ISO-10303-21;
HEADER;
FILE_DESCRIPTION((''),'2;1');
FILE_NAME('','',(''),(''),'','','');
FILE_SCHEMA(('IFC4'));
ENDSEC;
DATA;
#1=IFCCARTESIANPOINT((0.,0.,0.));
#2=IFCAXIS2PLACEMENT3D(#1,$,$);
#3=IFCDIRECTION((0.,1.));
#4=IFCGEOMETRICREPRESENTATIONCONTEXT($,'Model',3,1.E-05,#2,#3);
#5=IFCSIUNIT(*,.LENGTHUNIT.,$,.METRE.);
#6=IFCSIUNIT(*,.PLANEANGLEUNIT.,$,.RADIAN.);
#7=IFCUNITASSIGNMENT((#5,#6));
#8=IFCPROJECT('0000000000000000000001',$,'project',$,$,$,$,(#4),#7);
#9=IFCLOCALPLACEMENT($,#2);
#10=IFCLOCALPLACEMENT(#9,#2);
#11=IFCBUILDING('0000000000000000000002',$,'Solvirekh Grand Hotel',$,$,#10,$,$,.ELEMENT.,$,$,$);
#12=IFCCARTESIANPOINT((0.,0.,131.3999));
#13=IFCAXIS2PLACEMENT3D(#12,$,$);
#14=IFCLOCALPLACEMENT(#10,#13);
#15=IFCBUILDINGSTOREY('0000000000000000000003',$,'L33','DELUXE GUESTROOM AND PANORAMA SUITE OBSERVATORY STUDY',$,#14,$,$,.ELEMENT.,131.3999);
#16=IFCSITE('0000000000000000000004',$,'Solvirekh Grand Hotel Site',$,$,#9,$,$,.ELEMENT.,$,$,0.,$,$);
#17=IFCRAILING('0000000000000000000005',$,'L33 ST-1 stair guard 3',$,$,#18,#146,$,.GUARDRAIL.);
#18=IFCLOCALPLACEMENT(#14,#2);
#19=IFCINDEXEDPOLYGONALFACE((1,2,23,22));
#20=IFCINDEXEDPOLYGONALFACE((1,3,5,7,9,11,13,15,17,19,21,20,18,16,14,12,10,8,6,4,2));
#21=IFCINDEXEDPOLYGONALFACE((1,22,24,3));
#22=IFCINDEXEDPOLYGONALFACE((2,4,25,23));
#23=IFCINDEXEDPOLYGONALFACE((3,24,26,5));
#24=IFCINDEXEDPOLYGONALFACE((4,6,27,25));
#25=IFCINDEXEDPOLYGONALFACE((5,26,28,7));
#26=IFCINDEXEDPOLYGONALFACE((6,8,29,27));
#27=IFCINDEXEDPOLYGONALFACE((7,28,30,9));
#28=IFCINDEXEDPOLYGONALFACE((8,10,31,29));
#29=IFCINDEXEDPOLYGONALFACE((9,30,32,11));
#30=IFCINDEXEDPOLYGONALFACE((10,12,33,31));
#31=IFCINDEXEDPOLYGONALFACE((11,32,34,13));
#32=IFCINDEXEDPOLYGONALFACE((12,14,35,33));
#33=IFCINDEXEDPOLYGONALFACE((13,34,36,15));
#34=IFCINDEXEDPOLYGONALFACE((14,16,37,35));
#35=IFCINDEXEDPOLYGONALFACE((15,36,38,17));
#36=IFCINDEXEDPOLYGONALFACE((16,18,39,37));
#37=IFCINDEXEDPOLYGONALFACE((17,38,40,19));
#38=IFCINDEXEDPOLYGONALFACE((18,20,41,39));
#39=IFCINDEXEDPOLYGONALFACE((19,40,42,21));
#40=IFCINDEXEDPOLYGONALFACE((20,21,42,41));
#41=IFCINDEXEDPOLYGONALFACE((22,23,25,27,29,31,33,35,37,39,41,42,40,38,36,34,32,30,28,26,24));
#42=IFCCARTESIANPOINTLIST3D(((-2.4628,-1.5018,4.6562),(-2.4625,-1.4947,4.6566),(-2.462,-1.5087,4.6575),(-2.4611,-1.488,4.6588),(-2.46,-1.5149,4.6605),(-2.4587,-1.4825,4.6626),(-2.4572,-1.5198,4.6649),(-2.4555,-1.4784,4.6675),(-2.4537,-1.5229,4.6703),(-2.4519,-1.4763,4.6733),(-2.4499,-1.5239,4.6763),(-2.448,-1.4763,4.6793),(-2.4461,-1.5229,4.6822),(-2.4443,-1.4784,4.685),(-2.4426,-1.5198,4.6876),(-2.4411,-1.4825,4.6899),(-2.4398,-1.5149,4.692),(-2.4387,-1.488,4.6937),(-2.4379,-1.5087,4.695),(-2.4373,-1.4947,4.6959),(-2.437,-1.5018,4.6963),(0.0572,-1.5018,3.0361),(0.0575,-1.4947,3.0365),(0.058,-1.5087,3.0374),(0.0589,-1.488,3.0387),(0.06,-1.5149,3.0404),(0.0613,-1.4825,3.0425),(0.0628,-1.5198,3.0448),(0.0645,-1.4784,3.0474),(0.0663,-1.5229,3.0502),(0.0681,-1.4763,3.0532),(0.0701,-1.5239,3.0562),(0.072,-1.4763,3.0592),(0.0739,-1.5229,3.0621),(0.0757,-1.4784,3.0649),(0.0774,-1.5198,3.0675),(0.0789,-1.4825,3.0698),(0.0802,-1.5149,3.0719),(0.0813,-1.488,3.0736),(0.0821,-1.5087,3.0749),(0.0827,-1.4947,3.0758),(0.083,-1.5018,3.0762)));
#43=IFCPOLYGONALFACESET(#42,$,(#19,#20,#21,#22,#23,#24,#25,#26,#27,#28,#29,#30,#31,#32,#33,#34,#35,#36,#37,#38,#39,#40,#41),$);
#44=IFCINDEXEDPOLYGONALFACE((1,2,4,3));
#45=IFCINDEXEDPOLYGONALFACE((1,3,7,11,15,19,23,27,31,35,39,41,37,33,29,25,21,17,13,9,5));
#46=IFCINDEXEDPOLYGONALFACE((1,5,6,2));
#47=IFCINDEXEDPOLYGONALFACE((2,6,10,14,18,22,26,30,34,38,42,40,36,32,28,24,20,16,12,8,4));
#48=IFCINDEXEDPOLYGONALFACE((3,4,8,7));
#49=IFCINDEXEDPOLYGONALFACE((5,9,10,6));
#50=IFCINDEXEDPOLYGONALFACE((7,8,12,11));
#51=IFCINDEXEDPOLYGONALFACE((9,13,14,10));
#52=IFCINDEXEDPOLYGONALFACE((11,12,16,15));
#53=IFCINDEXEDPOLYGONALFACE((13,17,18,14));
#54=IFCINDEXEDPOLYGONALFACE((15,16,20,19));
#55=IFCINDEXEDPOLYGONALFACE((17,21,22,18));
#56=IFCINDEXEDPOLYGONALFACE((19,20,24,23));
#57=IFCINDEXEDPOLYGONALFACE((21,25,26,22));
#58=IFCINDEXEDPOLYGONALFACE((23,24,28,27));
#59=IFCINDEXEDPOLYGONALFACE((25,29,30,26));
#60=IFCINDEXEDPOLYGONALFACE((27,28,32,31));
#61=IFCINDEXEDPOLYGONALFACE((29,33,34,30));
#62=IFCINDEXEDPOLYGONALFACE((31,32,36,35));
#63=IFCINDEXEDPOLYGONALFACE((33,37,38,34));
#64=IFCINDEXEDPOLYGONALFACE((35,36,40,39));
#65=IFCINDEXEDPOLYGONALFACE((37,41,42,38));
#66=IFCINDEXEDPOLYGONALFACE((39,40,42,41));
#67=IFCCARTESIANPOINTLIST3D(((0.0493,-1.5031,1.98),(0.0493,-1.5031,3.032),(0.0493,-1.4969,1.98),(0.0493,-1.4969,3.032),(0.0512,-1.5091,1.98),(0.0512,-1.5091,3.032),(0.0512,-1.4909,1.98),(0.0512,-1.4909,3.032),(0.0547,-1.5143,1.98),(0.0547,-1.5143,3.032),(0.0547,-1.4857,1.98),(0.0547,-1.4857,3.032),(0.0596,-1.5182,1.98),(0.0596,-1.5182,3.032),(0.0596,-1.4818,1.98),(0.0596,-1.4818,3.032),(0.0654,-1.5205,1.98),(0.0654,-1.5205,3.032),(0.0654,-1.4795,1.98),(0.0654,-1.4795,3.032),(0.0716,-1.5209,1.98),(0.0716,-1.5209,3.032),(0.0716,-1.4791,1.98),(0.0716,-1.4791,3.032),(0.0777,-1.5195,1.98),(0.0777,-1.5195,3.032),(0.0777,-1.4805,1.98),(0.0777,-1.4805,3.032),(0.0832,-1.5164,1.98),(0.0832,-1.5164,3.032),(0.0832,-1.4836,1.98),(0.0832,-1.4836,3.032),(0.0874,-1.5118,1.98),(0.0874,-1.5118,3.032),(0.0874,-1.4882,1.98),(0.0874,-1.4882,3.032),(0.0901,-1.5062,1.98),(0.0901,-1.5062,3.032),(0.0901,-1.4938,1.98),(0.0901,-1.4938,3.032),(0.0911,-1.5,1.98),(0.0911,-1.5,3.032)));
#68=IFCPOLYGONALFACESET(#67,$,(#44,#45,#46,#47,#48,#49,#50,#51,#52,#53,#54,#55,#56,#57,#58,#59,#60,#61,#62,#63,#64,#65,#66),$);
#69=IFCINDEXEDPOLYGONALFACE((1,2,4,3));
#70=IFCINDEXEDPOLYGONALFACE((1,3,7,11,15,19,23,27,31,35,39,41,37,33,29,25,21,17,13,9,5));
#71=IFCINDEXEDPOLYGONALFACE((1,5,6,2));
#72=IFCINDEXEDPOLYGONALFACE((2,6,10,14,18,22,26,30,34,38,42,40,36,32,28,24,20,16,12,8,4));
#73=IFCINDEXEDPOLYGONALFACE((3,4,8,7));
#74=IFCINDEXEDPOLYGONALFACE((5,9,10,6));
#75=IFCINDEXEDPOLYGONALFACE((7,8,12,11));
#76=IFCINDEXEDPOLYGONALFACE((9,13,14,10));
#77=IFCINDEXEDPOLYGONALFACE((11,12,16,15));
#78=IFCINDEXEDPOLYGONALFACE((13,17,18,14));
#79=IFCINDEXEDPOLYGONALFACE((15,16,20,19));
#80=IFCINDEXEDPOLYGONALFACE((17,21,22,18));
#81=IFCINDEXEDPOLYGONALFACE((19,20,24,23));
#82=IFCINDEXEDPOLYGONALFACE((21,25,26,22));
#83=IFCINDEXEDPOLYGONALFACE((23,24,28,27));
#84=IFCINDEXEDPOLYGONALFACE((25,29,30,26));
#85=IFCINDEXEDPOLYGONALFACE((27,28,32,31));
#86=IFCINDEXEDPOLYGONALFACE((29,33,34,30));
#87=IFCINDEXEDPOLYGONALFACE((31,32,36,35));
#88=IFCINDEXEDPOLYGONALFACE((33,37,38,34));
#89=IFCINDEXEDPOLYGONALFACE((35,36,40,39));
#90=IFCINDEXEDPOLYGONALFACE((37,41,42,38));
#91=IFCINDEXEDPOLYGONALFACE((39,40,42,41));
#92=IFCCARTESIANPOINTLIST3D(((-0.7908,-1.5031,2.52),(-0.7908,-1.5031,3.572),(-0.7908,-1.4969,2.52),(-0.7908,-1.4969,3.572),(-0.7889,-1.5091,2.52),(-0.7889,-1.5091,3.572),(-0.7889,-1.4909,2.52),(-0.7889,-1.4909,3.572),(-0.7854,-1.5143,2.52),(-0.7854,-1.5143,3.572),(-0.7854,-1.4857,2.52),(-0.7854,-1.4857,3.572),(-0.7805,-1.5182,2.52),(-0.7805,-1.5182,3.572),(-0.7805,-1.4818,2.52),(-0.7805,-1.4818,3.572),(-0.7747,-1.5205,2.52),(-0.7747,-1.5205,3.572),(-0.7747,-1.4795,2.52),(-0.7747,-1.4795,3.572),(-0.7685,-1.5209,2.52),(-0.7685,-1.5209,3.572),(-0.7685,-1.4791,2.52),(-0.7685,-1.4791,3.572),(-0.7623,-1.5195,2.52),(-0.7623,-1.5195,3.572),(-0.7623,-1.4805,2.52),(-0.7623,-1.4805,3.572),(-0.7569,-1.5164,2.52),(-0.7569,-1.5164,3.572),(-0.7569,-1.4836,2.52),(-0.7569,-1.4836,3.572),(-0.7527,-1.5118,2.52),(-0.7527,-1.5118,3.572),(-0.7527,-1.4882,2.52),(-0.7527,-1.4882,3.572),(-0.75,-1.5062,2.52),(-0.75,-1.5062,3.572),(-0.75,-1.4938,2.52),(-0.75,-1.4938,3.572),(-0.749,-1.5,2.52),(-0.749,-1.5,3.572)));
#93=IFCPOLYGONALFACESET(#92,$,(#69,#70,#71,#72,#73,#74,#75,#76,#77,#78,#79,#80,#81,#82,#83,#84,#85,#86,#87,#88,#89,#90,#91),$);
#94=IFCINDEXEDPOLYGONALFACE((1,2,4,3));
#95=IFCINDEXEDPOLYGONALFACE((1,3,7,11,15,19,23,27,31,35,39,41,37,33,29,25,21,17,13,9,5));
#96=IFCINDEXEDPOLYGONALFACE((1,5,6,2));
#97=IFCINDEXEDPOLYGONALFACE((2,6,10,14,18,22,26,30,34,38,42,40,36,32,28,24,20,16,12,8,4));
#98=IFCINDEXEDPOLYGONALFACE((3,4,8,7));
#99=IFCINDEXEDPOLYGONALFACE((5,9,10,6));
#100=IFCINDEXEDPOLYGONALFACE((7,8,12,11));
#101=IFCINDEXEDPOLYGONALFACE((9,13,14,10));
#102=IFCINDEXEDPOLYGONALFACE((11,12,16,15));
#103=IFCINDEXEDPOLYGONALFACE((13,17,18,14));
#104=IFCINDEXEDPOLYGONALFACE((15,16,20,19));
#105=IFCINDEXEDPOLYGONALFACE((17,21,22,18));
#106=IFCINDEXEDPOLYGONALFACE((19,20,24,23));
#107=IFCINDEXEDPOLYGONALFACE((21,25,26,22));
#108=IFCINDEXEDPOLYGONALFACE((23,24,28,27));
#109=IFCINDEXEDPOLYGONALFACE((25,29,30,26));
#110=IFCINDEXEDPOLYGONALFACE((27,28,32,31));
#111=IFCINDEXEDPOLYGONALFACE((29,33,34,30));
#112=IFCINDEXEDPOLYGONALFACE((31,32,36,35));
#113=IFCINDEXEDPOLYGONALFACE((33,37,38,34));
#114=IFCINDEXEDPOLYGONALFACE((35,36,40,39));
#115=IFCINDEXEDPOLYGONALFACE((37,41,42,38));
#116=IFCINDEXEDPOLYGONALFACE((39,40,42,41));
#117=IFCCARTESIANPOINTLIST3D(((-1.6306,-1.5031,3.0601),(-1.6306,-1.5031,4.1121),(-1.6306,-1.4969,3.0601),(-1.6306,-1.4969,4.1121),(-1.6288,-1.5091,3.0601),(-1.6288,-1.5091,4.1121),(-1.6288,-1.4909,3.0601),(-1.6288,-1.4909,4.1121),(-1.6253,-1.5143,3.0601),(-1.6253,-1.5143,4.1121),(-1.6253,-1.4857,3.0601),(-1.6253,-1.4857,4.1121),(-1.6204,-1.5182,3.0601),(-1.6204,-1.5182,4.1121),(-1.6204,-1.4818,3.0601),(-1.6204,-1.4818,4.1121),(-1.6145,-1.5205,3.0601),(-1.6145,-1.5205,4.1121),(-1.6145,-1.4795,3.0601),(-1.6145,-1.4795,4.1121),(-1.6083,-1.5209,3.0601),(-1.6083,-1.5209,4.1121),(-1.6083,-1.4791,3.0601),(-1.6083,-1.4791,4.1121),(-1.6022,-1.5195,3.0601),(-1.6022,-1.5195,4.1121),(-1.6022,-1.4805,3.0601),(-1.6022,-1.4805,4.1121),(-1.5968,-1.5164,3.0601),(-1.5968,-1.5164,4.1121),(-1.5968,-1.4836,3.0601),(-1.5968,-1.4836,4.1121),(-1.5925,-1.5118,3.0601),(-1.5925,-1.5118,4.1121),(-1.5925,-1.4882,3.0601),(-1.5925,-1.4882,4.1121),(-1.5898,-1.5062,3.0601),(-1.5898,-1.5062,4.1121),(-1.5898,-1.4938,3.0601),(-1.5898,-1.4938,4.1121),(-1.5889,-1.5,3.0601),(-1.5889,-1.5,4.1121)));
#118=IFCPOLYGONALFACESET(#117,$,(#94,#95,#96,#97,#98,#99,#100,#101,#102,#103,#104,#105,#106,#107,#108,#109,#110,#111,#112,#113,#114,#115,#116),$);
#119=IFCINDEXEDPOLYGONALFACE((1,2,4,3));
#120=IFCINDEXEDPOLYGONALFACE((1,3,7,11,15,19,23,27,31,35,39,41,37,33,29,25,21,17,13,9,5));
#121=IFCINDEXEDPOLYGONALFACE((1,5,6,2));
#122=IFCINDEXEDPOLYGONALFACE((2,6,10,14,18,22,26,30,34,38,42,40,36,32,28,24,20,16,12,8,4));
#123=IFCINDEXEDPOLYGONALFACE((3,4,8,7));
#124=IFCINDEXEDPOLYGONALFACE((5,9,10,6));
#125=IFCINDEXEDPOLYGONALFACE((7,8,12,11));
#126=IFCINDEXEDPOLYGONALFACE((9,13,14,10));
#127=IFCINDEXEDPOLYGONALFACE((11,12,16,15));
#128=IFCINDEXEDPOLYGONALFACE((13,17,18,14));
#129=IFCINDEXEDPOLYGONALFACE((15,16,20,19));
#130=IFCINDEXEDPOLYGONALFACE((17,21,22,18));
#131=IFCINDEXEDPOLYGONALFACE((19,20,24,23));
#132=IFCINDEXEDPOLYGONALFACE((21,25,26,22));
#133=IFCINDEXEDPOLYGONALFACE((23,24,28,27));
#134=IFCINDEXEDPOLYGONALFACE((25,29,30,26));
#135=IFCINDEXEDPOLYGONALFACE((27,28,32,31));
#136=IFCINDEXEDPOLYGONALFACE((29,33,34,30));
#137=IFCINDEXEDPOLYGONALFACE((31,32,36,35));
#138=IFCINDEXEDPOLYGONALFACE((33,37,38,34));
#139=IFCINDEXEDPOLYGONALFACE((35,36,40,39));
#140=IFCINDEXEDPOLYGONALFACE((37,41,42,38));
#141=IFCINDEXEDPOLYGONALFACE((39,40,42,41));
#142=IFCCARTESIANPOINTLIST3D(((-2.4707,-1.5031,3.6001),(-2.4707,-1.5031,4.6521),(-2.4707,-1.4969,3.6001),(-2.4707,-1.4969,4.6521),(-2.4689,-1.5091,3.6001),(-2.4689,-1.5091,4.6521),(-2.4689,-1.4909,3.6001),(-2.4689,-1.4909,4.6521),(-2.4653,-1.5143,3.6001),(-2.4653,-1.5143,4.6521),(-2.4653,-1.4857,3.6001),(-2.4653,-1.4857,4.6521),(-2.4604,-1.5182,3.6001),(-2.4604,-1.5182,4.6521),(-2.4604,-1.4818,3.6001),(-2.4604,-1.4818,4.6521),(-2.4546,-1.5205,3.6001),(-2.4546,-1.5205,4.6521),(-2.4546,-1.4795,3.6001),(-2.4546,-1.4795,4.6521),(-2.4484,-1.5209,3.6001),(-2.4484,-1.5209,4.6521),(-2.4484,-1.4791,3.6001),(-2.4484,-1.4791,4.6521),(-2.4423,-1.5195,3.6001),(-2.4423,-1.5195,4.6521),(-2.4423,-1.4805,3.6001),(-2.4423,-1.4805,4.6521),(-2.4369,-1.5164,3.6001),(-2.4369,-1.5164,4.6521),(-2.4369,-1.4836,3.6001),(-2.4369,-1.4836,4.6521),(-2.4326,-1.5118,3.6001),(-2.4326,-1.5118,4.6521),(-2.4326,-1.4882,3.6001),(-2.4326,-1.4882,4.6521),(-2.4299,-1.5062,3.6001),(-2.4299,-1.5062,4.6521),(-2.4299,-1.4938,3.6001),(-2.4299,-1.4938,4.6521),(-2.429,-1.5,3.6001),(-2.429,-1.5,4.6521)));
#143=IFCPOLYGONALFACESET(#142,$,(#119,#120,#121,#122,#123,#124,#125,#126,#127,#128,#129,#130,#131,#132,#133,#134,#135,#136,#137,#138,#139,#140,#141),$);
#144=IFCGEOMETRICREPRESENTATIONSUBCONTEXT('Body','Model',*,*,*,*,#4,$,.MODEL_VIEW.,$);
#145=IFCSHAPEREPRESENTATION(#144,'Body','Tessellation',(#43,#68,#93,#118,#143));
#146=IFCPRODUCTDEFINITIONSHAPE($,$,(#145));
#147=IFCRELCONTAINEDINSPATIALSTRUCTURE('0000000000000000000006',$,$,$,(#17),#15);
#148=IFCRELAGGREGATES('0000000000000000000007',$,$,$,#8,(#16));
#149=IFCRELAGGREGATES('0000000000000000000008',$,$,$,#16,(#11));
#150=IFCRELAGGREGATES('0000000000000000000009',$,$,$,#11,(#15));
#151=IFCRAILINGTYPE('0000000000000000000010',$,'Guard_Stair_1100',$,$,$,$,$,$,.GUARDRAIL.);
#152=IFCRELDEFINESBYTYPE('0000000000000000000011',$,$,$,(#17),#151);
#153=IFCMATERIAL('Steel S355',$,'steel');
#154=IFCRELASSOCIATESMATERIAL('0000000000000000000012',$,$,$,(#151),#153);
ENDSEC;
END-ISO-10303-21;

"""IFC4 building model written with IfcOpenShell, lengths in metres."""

from ifc_helpers import new_model, si_unit, direction, frame, origin, origin_2d, place, context, subcontext, project, spatial, circle, extrude, material, type_object, element, save


model = new_model("IFC4")

# Units and contexts
model_context = context("Model", 3, precision=1e-05, world=origin(), true_north=direction((0.0, 1.0)))
body_context = subcontext(model_context, "Body", "Model", "MODEL_VIEW")
ifc_project = project(units=[si_unit("LENGTHUNIT", "METRE"), si_unit("PLANEANGLEUNIT", "RADIAN")], contexts=[model_context])

# Site, building, storey
site_placement = place(None, origin())
site = spatial("IfcSite", under=ifc_project, at=site_placement, Name="Solvirekh Grand Hotel Site", CompositionType="ELEMENT", RefElevation=0.0)
building_placement = place(site_placement, origin())
building = spatial("IfcBuilding", under=site, at=building_placement, Name="Solvirekh Grand Hotel", CompositionType="ELEMENT")
storey_placement = place(building_placement, frame((0.0, 0.0, 131.3999)))
storey = spatial("IfcBuildingStorey", under=building, at=storey_placement, Name="L33", Description="DELUXE GUESTROOM AND PANORAMA SUITE OBSERVATORY STUDY", CompositionType="ELEMENT", Elevation=131.3999)

# Shared definitions
ifc_material_1 = material(Name="Steel S355", Category="steel")

# Railing
railing_type = type_object("IfcRailingType", Name="Guard_Stair_1100", PredefinedType="GUARDRAIL", material=ifc_material_1)
railing_1_placement = place(storey_placement, frame((0.0701, -1.5, 1.98)))
element("IfcRailing", 1, at=railing_1_placement, inside=storey, type_object=railing_type, Name="L33 ST-1 stair guard 3", PredefinedType="GUARDRAIL", context=body_context, shape_type="SweptSolid", body=[
    extrude(circle(Radius=0.0239, at=origin_2d()), frame((0.0, 0.0, 1.0762), z_axis=(-0.841163, 0.0, 0.540782), x_axis=(0.0, -1.0, 0.0)), (0.0, 0.0, 1.0), 2.9958),
    extrude(circle(Radius=0.021, at=origin_2d()), origin(), (0.0, 0.0, 1.0), 1.052),
    extrude(circle(Radius=0.021, at=origin_2d()), frame((-0.8401, 0.0, 0.54)), (0.0, 0.0, 1.0), 1.052),
    extrude(circle(Radius=0.021, at=origin_2d()), frame((-1.6799, 0.0, 1.0801)), (0.0, 0.0, 1.0), 1.052),
    extrude(circle(Radius=0.021, at=origin_2d()), frame((-2.52, 0.0, 1.6201)), (0.0, 0.0, 1.0), 1.052),
])

save(model, "model.ifc")
